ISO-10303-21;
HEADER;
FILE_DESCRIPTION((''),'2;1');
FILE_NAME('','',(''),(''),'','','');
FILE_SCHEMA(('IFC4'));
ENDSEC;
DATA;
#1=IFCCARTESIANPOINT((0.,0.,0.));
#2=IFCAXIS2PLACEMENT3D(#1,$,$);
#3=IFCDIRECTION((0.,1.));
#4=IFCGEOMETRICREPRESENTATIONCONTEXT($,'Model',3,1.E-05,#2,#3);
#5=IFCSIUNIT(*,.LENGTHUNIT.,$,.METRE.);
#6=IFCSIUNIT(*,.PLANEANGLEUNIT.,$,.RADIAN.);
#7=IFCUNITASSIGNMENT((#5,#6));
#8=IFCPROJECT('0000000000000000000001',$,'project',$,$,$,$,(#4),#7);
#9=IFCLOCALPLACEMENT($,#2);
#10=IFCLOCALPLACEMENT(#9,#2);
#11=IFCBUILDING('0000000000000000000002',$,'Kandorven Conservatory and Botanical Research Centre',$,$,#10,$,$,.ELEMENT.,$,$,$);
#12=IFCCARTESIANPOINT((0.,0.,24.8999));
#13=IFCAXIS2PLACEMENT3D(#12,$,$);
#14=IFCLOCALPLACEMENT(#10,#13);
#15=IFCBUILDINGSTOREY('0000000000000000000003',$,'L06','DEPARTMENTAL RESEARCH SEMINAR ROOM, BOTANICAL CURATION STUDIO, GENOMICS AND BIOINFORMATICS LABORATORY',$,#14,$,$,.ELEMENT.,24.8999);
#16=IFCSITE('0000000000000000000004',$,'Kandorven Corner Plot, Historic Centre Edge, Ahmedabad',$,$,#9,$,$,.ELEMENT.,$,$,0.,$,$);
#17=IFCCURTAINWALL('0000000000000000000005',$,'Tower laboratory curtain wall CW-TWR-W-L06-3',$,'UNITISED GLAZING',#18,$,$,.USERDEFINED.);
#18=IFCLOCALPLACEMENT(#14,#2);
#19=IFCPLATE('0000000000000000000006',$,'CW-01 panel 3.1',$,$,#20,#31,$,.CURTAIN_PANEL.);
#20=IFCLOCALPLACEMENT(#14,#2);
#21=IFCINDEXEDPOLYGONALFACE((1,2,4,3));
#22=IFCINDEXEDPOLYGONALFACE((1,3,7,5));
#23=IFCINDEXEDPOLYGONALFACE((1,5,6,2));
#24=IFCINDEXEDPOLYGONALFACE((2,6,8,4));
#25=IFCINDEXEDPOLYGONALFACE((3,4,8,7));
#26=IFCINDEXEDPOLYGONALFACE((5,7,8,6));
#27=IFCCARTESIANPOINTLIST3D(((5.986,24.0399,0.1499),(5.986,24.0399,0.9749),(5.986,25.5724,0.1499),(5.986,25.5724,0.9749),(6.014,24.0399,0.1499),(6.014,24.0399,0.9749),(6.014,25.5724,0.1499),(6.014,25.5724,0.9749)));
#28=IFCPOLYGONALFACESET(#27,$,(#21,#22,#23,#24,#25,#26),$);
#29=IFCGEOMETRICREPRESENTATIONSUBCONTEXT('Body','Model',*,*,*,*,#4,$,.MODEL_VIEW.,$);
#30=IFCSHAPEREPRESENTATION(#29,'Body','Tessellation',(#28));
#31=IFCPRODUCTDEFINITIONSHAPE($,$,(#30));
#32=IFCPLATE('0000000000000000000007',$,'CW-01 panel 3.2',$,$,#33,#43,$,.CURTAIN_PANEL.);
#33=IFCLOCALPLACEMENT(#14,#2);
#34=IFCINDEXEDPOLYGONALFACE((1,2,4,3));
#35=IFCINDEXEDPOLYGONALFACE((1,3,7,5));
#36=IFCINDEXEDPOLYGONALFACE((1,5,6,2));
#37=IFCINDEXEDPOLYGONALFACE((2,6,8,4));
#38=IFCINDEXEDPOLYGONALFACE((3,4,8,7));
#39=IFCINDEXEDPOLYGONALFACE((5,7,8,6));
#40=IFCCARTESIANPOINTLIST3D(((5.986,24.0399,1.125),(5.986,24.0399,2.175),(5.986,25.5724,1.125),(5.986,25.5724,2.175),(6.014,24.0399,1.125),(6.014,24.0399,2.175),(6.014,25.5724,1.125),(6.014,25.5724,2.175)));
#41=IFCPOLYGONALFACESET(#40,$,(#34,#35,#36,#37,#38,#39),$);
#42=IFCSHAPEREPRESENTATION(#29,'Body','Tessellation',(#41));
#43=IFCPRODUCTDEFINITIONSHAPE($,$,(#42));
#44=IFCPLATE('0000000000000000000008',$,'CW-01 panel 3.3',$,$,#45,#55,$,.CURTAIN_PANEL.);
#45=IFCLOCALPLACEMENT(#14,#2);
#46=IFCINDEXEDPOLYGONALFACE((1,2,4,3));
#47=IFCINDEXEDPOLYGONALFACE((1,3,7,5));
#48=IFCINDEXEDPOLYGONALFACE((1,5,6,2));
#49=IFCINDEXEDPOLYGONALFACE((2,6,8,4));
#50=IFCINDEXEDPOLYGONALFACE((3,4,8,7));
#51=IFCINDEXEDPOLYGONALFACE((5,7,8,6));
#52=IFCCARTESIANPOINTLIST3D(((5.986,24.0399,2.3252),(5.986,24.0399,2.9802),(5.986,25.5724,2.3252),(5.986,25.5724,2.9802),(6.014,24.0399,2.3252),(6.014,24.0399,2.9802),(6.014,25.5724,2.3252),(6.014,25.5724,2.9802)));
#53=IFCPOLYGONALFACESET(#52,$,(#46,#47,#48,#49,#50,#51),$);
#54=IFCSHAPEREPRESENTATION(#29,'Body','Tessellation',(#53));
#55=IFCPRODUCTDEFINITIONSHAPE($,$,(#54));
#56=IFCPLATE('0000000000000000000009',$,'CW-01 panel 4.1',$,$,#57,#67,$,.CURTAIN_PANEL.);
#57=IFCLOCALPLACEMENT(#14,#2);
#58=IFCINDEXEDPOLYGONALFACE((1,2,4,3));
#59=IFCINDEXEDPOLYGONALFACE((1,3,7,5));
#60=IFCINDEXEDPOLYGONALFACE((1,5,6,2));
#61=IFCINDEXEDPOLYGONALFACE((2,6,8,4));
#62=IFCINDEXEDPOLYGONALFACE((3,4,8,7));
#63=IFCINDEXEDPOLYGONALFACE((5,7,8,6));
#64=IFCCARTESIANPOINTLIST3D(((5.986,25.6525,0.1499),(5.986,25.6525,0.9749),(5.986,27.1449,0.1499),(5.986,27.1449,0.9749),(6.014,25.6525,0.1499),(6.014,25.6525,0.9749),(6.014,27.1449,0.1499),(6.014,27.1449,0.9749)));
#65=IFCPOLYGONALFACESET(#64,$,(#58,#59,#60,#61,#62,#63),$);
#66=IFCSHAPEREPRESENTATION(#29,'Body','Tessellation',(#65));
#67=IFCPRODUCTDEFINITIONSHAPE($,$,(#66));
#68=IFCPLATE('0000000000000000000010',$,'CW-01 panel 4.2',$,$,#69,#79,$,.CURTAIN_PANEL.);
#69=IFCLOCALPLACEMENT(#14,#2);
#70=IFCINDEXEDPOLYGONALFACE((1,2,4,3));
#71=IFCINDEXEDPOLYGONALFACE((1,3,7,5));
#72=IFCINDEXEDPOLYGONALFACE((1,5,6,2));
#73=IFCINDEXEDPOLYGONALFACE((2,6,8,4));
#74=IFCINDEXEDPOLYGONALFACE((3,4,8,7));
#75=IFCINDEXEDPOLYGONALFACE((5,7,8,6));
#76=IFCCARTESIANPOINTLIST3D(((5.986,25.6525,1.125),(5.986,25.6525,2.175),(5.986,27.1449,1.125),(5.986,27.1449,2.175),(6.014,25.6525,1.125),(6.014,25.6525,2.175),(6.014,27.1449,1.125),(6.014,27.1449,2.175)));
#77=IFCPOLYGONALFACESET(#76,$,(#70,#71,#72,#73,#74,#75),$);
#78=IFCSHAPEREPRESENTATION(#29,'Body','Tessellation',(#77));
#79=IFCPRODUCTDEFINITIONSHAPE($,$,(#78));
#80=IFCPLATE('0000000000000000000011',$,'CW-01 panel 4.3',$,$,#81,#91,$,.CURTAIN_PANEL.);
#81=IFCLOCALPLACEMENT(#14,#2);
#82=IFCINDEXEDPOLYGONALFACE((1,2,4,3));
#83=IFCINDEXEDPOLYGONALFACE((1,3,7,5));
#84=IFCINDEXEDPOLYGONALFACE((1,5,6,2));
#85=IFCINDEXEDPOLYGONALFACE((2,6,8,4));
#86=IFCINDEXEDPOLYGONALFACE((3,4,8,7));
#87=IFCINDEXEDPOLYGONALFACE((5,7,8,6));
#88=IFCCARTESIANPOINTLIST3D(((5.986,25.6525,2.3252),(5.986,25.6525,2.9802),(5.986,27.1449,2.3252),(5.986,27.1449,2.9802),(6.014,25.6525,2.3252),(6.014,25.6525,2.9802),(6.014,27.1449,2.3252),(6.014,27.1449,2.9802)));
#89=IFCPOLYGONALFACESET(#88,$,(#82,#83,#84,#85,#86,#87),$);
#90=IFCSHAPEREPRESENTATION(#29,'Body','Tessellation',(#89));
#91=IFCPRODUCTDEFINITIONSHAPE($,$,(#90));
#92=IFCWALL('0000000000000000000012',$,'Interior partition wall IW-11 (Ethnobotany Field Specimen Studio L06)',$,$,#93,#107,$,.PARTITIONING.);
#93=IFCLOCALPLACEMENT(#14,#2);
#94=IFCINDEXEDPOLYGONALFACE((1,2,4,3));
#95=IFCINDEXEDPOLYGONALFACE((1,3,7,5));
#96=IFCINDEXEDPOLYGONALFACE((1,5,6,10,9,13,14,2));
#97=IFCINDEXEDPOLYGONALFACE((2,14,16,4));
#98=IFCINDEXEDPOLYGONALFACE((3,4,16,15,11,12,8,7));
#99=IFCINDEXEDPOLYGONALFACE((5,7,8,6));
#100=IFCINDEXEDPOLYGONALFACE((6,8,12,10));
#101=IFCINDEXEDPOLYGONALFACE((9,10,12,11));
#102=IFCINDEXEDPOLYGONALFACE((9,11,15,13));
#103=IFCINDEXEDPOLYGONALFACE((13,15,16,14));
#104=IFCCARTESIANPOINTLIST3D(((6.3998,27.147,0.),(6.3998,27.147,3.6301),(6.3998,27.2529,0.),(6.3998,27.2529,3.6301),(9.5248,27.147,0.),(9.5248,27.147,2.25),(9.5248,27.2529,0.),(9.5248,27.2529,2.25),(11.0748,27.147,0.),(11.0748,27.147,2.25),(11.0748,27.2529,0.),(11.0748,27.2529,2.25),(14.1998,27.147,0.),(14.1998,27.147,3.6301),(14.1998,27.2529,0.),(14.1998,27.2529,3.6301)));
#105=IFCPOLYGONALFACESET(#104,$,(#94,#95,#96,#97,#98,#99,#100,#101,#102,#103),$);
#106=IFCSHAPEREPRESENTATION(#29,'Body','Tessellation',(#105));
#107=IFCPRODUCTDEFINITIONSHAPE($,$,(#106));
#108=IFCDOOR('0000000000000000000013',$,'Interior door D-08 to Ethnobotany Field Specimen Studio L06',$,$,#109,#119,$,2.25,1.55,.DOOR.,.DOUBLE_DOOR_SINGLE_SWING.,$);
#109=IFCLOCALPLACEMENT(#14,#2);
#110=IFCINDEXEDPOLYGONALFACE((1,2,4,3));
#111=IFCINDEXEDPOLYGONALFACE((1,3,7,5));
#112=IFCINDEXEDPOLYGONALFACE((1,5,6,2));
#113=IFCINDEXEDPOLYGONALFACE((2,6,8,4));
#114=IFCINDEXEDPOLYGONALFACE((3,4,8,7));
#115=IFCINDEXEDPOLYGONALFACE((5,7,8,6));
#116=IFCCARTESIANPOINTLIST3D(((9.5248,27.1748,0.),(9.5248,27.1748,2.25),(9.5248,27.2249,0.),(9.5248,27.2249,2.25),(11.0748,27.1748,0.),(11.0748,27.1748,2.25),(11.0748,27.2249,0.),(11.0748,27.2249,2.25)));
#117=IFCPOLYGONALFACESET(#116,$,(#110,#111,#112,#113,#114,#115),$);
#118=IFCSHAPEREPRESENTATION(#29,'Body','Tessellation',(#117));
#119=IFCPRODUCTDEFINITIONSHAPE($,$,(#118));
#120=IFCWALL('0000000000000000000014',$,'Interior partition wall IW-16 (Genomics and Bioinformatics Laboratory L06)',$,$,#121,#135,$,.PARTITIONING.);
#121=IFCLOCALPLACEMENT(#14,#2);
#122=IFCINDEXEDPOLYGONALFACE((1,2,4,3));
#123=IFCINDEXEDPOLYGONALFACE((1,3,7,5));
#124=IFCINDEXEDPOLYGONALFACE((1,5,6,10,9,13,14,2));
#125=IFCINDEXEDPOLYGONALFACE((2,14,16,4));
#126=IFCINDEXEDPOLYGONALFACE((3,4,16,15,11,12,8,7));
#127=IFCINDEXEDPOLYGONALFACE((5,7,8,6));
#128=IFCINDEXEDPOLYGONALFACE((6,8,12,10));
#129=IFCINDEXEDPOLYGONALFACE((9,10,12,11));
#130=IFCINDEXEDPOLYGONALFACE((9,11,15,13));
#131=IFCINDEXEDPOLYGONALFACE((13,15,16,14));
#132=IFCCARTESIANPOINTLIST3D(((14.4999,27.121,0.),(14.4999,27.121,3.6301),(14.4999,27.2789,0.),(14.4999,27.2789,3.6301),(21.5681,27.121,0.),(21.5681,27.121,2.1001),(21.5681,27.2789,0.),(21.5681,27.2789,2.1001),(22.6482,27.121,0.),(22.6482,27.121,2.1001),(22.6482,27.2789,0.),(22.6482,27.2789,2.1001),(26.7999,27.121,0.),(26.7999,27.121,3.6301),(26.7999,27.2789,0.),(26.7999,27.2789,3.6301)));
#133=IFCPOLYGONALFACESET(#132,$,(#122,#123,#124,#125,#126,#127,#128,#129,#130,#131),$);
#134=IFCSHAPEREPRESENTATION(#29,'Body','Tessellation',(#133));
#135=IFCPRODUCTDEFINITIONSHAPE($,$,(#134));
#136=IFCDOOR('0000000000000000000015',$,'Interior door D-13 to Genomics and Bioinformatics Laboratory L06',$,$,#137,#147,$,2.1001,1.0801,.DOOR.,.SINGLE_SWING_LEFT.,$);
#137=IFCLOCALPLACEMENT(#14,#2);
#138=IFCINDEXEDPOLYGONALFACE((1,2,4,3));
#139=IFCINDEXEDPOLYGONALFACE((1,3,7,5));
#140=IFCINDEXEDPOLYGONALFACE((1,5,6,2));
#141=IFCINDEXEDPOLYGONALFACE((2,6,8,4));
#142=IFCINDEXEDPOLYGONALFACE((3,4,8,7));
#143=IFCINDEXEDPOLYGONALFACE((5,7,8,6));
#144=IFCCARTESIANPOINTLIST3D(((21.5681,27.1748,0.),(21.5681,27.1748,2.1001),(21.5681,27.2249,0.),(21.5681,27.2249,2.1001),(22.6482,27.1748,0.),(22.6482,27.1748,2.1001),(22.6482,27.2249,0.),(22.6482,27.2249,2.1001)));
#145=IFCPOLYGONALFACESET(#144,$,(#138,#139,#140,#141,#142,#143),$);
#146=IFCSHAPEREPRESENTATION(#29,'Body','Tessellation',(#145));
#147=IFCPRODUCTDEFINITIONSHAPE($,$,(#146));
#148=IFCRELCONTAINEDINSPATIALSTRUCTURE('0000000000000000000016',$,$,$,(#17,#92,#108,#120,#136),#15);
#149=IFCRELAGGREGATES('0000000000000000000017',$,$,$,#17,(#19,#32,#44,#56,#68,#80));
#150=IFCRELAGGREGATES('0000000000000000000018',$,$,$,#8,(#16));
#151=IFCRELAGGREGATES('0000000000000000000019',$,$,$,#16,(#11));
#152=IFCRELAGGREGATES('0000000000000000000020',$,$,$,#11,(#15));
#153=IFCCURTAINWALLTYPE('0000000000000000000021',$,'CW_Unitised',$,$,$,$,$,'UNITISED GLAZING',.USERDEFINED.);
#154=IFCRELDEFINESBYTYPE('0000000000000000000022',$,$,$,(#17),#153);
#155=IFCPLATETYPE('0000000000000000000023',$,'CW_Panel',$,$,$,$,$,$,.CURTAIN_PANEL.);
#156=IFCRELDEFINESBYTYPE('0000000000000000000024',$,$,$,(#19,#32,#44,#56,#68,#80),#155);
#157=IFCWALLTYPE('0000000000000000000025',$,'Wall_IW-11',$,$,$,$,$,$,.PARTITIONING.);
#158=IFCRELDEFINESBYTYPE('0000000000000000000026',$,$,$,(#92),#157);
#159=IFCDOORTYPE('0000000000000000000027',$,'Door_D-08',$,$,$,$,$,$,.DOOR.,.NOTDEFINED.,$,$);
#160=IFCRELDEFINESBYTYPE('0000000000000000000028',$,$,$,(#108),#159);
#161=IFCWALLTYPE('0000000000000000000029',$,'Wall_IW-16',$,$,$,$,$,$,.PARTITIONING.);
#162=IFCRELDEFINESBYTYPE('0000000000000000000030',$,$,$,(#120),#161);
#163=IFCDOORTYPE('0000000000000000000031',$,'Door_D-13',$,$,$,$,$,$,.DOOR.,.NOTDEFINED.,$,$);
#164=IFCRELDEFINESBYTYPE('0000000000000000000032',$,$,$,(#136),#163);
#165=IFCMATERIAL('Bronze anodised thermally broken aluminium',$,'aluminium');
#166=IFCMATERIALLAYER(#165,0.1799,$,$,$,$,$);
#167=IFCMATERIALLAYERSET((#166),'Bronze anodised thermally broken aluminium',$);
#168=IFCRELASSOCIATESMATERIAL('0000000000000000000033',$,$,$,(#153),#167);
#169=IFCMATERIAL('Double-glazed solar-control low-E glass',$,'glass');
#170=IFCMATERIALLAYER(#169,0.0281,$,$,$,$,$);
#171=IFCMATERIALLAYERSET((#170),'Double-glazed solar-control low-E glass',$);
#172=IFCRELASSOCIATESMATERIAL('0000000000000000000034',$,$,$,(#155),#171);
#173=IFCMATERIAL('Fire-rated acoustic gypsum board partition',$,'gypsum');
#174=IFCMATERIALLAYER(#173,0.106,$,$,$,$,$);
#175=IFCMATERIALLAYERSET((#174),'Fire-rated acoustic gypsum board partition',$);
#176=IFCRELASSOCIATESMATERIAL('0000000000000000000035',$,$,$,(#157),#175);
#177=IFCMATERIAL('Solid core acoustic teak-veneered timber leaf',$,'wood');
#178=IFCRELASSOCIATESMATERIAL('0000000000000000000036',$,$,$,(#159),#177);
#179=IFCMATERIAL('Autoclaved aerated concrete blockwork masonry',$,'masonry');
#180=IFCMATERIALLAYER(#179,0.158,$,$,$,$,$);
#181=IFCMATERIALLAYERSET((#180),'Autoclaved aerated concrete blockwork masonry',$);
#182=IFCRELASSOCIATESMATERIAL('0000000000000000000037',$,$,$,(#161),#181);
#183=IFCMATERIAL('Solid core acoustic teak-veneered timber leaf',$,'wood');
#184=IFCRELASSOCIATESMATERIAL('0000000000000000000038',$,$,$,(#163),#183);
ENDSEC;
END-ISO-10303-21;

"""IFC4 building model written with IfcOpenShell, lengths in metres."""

from ifc_helpers import new_model, si_unit, direction, frame, frame_2d, origin, origin_2d, place, context, subcontext, project, spatial, rectangle, extrude, material, layer, layer_set, type_object, element, fill, aggregate, save


model = new_model("IFC4")

# Units and contexts
model_context = context("Model", 3, precision=1e-05, world=origin(), true_north=direction((0.0, 1.0)))
body_context = subcontext(model_context, "Body", "Model", "MODEL_VIEW")
ifc_project = project(units=[si_unit("LENGTHUNIT", "METRE"), si_unit("PLANEANGLEUNIT", "RADIAN")], contexts=[model_context])

# Site, building, storey
site_placement = place(None, origin())
site = spatial("IfcSite", under=ifc_project, at=site_placement, Name="Kandorven Corner Plot, Historic Centre Edge, Ahmedabad", CompositionType="ELEMENT", RefElevation=0.0)
building_placement = place(site_placement, origin())
building = spatial("IfcBuilding", under=site, at=building_placement, Name="Kandorven Conservatory and Botanical Research Centre", CompositionType="ELEMENT")
storey_placement = place(building_placement, frame((0.0, 0.0, 24.8999)))
storey = spatial("IfcBuildingStorey", under=building, at=storey_placement, Name="L06", Description="DEPARTMENTAL RESEARCH SEMINAR ROOM, BOTANICAL CURATION STUDIO, GENOMICS AND BIOINFORMATICS LABORATORY", CompositionType="ELEMENT", Elevation=24.8999)

# Curtain wall, plates
ifc_material_1 = material(Name="Bronze anodised thermally broken aluminium", Category="aluminium")
ifc_layer_1 = layer(ifc_material_1, 0.1799)
ifc_layer_set_1 = layer_set([ifc_layer_1], Name="Bronze anodised thermally broken aluminium")
curtain_wall_type = type_object("IfcCurtainWallType", Name="CW_Unitised", ElementType="UNITISED GLAZING", PredefinedType="USERDEFINED", material=ifc_layer_set_1)
curtain_wall_placement = place(storey_placement, origin())
curtain_wall = element("IfcCurtainWall", 1, at=curtain_wall_placement, inside=storey, type_object=curtain_wall_type, Name="Tower laboratory curtain wall CW-TWR-W-L06-3", ObjectType="UNITISED GLAZING", PredefinedType="USERDEFINED")
ifc_material_2 = material(Name="Double-glazed solar-control low-E glass", Category="glass")
ifc_layer_2 = layer(ifc_material_2, 0.0281)
ifc_layer_set_2 = layer_set([ifc_layer_2], Name="Double-glazed solar-control low-E glass")
plate_type = type_object("IfcPlateType", Name="CW_Panel", PredefinedType="CURTAIN_PANEL", material=ifc_layer_set_2)
plate_1_placement = place(storey_placement, frame((6.0, 24.8062, 0.1499), z_axis=(0.0, 0.0, 1.0), x_axis=(0.0, 1.0, 0.0)))
plate_1 = element("IfcPlate", 2, at=plate_1_placement, type_object=plate_type, Name="CW-01 panel 3.1", PredefinedType="CURTAIN_PANEL", context=body_context, shape_type="SweptSolid", body=[
    extrude(rectangle(XDim=1.5325, YDim=0.0281, at=origin_2d()), origin(), (0.0, 0.0, 1.0), 0.825),
])
plate_2_placement = place(storey_placement, frame((6.0, 24.8062, 1.125), z_axis=(0.0, 0.0, 1.0), x_axis=(0.0, 1.0, 0.0)))
plate_2 = element("IfcPlate", 3, at=plate_2_placement, type_object=plate_type, Name="CW-01 panel 3.2", PredefinedType="CURTAIN_PANEL", context=body_context, shape_type="SweptSolid", body=[
    extrude(rectangle(XDim=1.5325, YDim=0.0281, at=origin_2d()), origin(), (0.0, 0.0, 1.0), 1.05),
])
plate_3_placement = place(storey_placement, frame((6.0, 24.8062, 2.3252), z_axis=(0.0, 0.0, 1.0), x_axis=(0.0, 1.0, 0.0)))
plate_3 = element("IfcPlate", 4, at=plate_3_placement, type_object=plate_type, Name="CW-01 panel 3.3", PredefinedType="CURTAIN_PANEL", context=body_context, shape_type="SweptSolid", body=[
    extrude(rectangle(XDim=1.5325, YDim=0.0281, at=origin_2d()), origin(), (0.0, 0.0, 1.0), 0.655),
])
plate_4_placement = place(storey_placement, frame((6.0, 26.3987, 0.1499), z_axis=(0.0, 0.0, 1.0), x_axis=(0.0, 1.0, 0.0)))
plate_4 = element("IfcPlate", 5, at=plate_4_placement, type_object=plate_type, Name="CW-01 panel 4.1", PredefinedType="CURTAIN_PANEL", context=body_context, shape_type="SweptSolid", body=[
    extrude(rectangle(XDim=1.4924, YDim=0.0281, at=origin_2d()), origin(), (0.0, 0.0, 1.0), 0.825),
])
plate_5_placement = place(storey_placement, frame((6.0, 26.3987, 1.125), z_axis=(0.0, 0.0, 1.0), x_axis=(0.0, 1.0, 0.0)))
plate_5 = element("IfcPlate", 6, at=plate_5_placement, type_object=plate_type, Name="CW-01 panel 4.2", PredefinedType="CURTAIN_PANEL", context=body_context, shape_type="SweptSolid", body=[
    extrude(rectangle(XDim=1.4924, YDim=0.0281, at=origin_2d()), origin(), (0.0, 0.0, 1.0), 1.05),
])
plate_6_placement = place(storey_placement, frame((6.0, 26.3987, 2.3252), z_axis=(0.0, 0.0, 1.0), x_axis=(0.0, 1.0, 0.0)))
plate_6 = element("IfcPlate", 7, at=plate_6_placement, type_object=plate_type, Name="CW-01 panel 4.3", PredefinedType="CURTAIN_PANEL", context=body_context, shape_type="SweptSolid", body=[
    extrude(rectangle(XDim=1.4924, YDim=0.0281, at=origin_2d()), origin(), (0.0, 0.0, 1.0), 0.655),
])
aggregate(curtain_wall, [plate_1, plate_2, plate_3, plate_4, plate_5, plate_6])

# Walls, openings, doors
ifc_material_3 = material(Name="Fire-rated acoustic gypsum board partition", Category="gypsum")
ifc_layer_3 = layer(ifc_material_3, 0.106)
ifc_layer_set_3 = layer_set([ifc_layer_3], Name="Fire-rated acoustic gypsum board partition")
wall_type_1 = type_object("IfcWallType", Name="Wall_IW-11", PredefinedType="PARTITIONING", material=ifc_layer_set_3)
wall_1_placement = place(storey_placement, frame((6.3999, 27.2, 0.0), z_axis=(0.0, 0.0, 1.0), x_axis=(1.0, 0.0, 0.0)))
wall_1 = element("IfcWall", 8, at=wall_1_placement, inside=storey, type_object=wall_type_1, Name="Interior partition wall IW-11 (Ethnobotany Field Specimen Studio L06)", PredefinedType="PARTITIONING", context=body_context, shape_type="SweptSolid", body=[
    extrude(rectangle(XDim=7.8, YDim=0.106, at=frame_2d((3.8999, 0.0))), origin(), (0.0, 0.0, 1.0), 3.6301),
])
opening_1_placement = place(wall_1_placement, frame((3.125, 0.0, 0.0)))
opening_1 = element("IfcOpeningElement", 9, at=opening_1_placement, cuts=wall_1, PredefinedType="OPENING", context=body_context, shape_type="SweptSolid", body=[
    extrude(rectangle(XDim=1.55, YDim=2.25, at=frame_2d((0.7749, 1.125))), frame((0.0, 0.063, 0.0), z_axis=(0.0, -1.0, 0.0), x_axis=(1.0, 0.0, 0.0)), (0.0, 0.0, 1.0), 0.126),
])
ifc_material_4 = material(Name="Solid core acoustic teak-veneered timber leaf", Category="wood")
door_type_1 = type_object("IfcDoorType", Name="Door_D-08", OperationType="NOTDEFINED", PredefinedType="DOOR", material=ifc_material_4)
door_1_placement = place(opening_1_placement, origin())
door_1 = element("IfcDoor", 10, at=door_1_placement, inside=storey, type_object=door_type_1, Name="Interior door D-08 to Ethnobotany Field Specimen Studio L06", OperationType="DOUBLE_DOOR_SINGLE_SWING", OverallHeight=2.25, OverallWidth=1.55, PredefinedType="DOOR", context=body_context, shape_type="SweptSolid", body=[
    extrude(rectangle(XDim=1.55, YDim=2.25, at=frame_2d((0.7749, 1.125))), frame((0.0, 0.0249, 0.0), z_axis=(0.0, -1.0, 0.0), x_axis=(1.0, 0.0, 0.0)), (0.0, 0.0, 1.0), 0.05),
])
fill(opening_1, door_1)
ifc_material_5 = material(Name="Autoclaved aerated concrete blockwork masonry", Category="masonry")
ifc_layer_4 = layer(ifc_material_5, 0.158)
ifc_layer_set_4 = layer_set([ifc_layer_4], Name="Autoclaved aerated concrete blockwork masonry")
wall_type_2 = type_object("IfcWallType", Name="Wall_IW-16", PredefinedType="PARTITIONING", material=ifc_layer_set_4)
wall_2_placement = place(storey_placement, frame((14.5, 27.2, 0.0), z_axis=(0.0, 0.0, 1.0), x_axis=(1.0, 0.0, 0.0)))
wall_2 = element("IfcWall", 11, at=wall_2_placement, inside=storey, type_object=wall_type_2, Name="Interior partition wall IW-16 (Genomics and Bioinformatics Laboratory L06)", PredefinedType="PARTITIONING", context=body_context, shape_type="SweptSolid", body=[
    extrude(rectangle(XDim=12.3, YDim=0.158, at=frame_2d((6.1499, 0.0))), origin(), (0.0, 0.0, 1.0), 3.6301),
])
opening_2_placement = place(wall_2_placement, frame((7.0681, 0.0, 0.0)))
opening_2 = element("IfcOpeningElement", 12, at=opening_2_placement, cuts=wall_2, PredefinedType="OPENING", context=body_context, shape_type="SweptSolid", body=[
    extrude(rectangle(XDim=1.0801, YDim=2.1001, at=frame_2d((0.54, 1.05))), frame((0.0, 0.0889, 0.0), z_axis=(0.0, -1.0, 0.0), x_axis=(1.0, 0.0, 0.0)), (0.0, 0.0, 1.0), 0.178),
])
ifc_material_6 = material(Name="Solid core acoustic teak-veneered timber leaf", Category="wood")
door_type_2 = type_object("IfcDoorType", Name="Door_D-13", OperationType="NOTDEFINED", PredefinedType="DOOR", material=ifc_material_6)
door_2_placement = place(opening_2_placement, origin())
door_2 = element("IfcDoor", 13, at=door_2_placement, inside=storey, type_object=door_type_2, Name="Interior door D-13 to Genomics and Bioinformatics Laboratory L06", OperationType="SINGLE_SWING_LEFT", OverallHeight=2.1001, OverallWidth=1.0801, PredefinedType="DOOR", context=body_context, shape_type="SweptSolid", body=[
    extrude(rectangle(XDim=1.0801, YDim=2.1001, at=frame_2d((0.54, 1.05))), frame((0.0, 0.0249, 0.0), z_axis=(0.0, -1.0, 0.0), x_axis=(1.0, 0.0, 0.0)), (0.0, 0.0, 1.0), 0.05),
])
fill(opening_2, door_2)

save(model, "model.ifc")
